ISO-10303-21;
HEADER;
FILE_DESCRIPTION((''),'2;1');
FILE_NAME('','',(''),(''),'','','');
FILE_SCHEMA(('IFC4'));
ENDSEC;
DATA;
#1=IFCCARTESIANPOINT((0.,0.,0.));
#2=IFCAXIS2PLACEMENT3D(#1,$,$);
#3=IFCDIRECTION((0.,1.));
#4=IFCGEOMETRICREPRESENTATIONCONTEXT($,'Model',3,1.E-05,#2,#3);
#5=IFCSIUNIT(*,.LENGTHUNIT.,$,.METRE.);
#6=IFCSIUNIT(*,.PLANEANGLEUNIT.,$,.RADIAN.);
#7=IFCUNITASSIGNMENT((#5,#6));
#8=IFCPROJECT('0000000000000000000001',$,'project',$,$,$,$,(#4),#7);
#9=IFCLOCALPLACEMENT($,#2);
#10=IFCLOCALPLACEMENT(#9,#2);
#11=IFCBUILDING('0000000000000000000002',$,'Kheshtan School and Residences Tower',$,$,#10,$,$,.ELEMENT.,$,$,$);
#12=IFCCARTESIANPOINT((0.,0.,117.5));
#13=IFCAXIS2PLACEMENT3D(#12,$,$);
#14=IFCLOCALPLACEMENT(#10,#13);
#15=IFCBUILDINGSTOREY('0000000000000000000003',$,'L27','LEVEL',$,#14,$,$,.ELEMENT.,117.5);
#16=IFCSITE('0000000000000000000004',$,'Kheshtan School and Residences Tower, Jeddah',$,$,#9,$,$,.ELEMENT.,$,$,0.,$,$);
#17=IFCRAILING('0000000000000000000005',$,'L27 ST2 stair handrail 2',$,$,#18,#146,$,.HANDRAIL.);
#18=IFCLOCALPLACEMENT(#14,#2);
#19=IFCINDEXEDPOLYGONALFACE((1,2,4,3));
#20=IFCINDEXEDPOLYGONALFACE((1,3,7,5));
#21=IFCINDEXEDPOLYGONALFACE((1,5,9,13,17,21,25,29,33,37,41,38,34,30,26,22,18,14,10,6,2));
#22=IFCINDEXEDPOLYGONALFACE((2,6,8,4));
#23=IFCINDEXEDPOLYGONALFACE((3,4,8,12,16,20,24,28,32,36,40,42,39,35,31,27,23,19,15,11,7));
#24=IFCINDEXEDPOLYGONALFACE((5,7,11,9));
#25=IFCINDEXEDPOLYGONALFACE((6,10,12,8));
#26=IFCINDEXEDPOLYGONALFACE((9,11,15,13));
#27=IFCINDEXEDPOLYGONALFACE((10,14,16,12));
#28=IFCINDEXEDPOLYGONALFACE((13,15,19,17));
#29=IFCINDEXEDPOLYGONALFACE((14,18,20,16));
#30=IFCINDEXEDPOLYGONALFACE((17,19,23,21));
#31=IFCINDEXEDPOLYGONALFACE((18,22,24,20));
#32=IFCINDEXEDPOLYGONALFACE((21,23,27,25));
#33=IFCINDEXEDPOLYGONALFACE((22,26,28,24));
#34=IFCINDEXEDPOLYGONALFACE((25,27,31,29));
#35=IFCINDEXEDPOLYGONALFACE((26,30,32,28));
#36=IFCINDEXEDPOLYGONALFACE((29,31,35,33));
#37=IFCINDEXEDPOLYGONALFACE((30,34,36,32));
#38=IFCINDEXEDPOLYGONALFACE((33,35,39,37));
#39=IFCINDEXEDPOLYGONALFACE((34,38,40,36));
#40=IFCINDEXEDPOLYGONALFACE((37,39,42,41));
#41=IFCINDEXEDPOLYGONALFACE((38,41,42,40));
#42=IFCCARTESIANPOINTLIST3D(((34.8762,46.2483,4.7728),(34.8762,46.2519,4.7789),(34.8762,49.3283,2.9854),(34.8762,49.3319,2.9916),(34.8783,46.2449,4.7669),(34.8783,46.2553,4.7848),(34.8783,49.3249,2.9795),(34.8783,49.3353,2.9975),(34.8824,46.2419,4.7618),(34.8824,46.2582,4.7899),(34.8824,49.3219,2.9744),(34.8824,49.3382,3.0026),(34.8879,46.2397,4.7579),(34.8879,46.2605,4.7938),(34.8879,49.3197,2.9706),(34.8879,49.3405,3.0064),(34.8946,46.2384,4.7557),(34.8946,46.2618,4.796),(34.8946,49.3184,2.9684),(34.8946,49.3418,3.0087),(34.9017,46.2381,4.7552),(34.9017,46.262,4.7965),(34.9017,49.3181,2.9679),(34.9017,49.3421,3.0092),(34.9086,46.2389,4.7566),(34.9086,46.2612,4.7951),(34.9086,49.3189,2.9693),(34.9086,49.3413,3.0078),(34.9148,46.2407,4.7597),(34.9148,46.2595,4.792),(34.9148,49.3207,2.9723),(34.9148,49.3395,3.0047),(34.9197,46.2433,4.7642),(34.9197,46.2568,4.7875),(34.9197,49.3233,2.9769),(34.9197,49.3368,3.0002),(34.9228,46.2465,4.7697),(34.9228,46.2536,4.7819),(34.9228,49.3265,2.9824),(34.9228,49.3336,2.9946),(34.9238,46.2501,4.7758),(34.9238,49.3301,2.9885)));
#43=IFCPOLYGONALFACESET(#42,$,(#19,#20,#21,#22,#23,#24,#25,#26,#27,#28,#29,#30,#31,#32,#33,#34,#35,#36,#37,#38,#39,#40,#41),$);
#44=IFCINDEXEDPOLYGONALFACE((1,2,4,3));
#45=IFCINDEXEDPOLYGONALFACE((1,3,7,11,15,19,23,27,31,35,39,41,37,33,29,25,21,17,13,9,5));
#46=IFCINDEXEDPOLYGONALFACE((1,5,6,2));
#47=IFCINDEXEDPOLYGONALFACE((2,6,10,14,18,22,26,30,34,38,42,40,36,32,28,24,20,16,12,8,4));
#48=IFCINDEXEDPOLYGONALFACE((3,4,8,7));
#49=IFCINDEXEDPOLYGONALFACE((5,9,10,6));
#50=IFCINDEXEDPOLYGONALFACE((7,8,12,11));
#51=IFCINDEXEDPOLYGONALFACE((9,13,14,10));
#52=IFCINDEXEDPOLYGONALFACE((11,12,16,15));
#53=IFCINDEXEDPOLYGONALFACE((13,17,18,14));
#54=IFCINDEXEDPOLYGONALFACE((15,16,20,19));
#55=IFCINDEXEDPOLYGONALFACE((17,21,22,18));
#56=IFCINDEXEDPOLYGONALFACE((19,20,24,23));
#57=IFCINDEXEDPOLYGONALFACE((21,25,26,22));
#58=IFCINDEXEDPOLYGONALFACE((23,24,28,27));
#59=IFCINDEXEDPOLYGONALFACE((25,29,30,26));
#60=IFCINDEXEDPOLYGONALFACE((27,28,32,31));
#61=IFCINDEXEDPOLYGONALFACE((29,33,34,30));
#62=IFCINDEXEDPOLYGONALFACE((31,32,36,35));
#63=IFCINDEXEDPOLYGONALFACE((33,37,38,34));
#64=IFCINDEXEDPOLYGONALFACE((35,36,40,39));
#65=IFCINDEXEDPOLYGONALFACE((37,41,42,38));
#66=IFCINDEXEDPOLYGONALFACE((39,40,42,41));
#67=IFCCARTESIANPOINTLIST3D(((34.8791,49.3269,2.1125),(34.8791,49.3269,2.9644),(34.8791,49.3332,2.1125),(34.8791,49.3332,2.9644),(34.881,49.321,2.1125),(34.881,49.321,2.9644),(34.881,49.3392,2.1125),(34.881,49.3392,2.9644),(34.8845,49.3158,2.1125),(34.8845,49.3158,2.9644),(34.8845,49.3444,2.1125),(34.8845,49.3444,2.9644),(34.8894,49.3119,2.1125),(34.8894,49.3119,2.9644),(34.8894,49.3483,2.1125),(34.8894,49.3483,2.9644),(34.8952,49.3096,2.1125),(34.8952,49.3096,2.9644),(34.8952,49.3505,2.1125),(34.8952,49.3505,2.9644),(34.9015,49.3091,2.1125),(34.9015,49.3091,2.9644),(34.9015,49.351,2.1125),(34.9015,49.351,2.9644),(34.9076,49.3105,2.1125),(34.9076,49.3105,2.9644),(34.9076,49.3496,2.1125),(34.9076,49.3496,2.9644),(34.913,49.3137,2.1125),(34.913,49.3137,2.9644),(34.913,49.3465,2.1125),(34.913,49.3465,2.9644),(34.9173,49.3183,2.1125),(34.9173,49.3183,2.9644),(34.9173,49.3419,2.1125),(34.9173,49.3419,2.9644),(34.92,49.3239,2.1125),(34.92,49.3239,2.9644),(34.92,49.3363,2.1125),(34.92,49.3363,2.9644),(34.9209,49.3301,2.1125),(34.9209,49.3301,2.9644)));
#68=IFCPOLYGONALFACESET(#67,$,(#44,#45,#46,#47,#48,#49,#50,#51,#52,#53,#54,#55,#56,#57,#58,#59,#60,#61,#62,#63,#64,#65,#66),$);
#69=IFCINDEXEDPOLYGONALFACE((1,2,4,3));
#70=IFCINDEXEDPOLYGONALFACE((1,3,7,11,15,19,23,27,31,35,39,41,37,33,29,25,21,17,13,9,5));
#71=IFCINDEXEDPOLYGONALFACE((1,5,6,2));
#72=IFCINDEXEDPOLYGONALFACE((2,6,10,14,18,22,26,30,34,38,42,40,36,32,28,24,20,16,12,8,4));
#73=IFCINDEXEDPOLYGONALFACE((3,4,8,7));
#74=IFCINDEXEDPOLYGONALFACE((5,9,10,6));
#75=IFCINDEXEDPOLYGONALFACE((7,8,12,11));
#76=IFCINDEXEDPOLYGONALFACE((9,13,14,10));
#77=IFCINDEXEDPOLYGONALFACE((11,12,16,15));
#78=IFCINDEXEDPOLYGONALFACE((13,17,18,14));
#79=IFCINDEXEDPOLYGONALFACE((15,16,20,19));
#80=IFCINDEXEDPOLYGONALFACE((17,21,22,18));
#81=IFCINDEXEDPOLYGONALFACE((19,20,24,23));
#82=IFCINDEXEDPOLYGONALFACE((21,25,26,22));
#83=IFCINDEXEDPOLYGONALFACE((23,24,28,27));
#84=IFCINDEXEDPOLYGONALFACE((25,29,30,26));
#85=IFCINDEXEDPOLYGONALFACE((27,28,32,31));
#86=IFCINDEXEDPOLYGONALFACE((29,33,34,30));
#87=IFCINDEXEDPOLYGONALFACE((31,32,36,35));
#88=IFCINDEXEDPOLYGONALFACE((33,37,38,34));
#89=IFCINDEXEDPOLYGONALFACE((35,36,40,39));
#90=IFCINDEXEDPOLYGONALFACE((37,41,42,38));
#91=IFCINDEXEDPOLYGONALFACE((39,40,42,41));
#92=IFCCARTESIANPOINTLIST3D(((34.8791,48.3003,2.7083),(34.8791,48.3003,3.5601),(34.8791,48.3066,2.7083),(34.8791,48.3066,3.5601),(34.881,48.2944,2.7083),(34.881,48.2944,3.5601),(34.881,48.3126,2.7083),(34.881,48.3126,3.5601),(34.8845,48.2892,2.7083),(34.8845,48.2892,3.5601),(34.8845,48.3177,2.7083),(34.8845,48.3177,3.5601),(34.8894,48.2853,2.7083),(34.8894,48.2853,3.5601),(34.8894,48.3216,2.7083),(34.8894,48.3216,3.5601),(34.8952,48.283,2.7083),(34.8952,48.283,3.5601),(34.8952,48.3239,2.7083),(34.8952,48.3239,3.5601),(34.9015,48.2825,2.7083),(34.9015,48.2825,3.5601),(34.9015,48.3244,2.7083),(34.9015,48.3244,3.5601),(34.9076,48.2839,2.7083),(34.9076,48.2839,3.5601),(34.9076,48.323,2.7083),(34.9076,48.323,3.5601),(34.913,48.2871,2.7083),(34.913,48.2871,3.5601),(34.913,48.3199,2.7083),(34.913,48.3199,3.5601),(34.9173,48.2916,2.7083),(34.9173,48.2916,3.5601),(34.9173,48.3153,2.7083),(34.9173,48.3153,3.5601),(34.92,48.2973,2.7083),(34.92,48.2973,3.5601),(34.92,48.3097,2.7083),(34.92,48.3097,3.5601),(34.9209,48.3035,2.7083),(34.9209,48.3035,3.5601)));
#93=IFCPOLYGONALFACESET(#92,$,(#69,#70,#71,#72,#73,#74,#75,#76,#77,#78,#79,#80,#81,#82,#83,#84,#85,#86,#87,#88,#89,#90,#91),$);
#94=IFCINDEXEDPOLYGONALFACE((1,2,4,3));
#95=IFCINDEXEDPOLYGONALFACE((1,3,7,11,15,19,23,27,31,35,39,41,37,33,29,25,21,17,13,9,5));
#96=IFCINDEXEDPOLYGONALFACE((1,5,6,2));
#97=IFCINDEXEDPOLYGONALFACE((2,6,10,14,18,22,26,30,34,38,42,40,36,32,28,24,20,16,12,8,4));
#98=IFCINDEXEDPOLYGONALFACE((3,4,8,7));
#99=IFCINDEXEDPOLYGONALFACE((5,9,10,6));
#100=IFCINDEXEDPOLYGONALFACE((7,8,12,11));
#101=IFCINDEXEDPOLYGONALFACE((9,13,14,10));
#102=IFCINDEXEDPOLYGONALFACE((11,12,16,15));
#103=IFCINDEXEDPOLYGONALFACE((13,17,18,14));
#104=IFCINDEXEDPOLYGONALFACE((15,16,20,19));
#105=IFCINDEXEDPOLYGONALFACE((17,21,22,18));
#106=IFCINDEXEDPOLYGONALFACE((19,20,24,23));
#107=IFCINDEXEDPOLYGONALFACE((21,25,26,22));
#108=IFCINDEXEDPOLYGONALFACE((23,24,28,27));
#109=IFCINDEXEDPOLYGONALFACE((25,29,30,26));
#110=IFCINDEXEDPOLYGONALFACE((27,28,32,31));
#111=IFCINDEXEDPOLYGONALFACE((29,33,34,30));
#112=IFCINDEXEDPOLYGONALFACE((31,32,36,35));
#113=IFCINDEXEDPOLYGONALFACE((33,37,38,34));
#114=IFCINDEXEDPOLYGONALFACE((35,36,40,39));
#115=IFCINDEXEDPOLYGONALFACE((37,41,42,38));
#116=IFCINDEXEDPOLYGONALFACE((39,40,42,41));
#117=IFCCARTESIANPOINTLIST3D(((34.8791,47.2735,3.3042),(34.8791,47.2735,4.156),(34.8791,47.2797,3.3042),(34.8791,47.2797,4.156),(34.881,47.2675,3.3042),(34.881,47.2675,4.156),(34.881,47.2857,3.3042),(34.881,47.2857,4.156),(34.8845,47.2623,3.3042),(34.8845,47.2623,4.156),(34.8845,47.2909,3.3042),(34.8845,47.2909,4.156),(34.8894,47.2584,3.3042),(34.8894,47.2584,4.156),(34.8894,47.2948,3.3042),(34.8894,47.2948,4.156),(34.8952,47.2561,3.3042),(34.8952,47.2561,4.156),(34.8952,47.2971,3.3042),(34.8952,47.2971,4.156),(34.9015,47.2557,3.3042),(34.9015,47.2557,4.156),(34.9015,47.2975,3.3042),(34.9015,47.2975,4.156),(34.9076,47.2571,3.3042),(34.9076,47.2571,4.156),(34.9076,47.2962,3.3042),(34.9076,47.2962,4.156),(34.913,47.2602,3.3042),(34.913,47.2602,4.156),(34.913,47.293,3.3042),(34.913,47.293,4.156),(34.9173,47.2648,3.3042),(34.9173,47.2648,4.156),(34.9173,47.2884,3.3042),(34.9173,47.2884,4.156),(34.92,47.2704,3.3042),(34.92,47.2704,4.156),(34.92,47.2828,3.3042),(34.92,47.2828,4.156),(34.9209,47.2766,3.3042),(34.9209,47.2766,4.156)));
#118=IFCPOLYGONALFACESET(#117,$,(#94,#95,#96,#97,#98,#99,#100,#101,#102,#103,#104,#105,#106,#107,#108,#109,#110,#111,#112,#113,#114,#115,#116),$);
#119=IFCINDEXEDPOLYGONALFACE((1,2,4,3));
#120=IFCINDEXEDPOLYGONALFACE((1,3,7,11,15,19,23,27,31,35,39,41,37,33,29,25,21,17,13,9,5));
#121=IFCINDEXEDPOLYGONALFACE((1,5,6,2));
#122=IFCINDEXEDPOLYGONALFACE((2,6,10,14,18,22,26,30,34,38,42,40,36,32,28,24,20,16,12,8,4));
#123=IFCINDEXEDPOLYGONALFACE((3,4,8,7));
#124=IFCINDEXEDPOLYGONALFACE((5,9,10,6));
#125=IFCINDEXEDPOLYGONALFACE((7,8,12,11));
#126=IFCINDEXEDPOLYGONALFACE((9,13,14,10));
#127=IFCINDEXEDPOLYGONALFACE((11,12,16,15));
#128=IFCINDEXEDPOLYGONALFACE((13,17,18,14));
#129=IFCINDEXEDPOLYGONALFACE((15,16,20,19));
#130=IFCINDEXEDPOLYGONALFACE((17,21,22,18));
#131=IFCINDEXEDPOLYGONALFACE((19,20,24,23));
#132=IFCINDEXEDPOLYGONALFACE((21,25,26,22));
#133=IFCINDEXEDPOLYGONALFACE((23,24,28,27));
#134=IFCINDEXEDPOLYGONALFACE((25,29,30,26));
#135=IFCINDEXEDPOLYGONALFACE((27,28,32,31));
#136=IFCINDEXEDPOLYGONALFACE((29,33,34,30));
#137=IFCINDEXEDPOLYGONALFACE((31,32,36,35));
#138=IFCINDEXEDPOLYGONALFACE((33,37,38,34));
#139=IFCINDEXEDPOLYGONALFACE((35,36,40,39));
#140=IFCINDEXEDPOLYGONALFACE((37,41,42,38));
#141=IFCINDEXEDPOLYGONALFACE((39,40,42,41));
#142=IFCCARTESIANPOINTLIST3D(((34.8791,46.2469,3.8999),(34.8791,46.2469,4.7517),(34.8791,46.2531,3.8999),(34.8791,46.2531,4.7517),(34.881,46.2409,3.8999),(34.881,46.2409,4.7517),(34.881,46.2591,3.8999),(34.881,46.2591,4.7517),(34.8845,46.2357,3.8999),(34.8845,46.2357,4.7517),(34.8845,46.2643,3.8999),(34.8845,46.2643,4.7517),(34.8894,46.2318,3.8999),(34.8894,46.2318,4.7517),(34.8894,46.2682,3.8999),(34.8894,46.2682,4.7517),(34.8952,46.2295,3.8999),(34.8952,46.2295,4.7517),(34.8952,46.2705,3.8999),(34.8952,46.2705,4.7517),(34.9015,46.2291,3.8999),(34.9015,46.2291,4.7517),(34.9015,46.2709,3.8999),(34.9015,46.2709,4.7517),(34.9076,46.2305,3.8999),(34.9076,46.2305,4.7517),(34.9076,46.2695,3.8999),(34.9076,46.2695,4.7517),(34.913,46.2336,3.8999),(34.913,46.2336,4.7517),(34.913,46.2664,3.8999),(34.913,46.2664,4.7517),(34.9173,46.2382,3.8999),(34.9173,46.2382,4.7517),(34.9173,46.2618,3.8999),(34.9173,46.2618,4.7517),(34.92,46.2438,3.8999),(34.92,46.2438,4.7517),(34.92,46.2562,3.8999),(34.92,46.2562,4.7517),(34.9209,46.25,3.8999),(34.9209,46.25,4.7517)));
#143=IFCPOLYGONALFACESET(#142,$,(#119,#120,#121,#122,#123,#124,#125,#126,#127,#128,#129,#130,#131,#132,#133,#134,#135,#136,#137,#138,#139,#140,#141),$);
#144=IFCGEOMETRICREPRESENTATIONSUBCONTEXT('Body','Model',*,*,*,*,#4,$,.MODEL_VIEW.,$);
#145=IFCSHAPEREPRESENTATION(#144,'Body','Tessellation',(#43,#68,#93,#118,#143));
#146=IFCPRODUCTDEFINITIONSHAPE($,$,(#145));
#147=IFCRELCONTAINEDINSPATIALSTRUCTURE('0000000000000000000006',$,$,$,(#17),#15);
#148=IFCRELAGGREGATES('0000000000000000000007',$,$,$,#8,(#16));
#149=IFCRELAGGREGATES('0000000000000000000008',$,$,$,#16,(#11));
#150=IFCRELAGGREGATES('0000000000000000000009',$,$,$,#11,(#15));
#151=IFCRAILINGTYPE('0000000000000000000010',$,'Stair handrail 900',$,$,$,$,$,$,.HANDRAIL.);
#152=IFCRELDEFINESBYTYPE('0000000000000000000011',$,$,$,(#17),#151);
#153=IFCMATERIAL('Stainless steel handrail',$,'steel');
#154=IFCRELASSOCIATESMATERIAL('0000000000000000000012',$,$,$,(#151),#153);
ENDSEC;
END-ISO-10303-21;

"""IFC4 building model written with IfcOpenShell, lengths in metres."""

from ifc_helpers import new_model, si_unit, direction, frame, origin, origin_2d, place, context, subcontext, project, spatial, circle, extrude, material, type_object, element, save


model = new_model("IFC4")

# Units and contexts
model_context = context("Model", 3, precision=1e-05, world=origin(), true_north=direction((0.0, 1.0)))
body_context = subcontext(model_context, "Body", "Model", "MODEL_VIEW")
ifc_project = project(units=[si_unit("LENGTHUNIT", "METRE"), si_unit("PLANEANGLEUNIT", "RADIAN")], contexts=[model_context])

# Site, building, storey
site_placement = place(None, origin())
site = spatial("IfcSite", under=ifc_project, at=site_placement, Name="Kheshtan School and Residences Tower, Jeddah", CompositionType="ELEMENT", RefElevation=0.0)
building_placement = place(site_placement, origin())
building = spatial("IfcBuilding", under=site, at=building_placement, Name="Kheshtan School and Residences Tower", CompositionType="ELEMENT")
storey_placement = place(building_placement, frame((0.0, 0.0, 117.5)))
storey = spatial("IfcBuildingStorey", under=building, at=storey_placement, Name="L27", Description="LEVEL", CompositionType="ELEMENT", Elevation=117.5)

# Railing
ifc_material_1 = material(Name="Stainless steel handrail", Category="steel")
railing_type_1 = type_object("IfcRailingType", Name="Stair handrail 900", PredefinedType="HANDRAIL", material=ifc_material_1)
railing_1_placement = place(storey_placement, frame((34.8999, 49.3301, 2.1125)))
element("IfcRailing", 1, at=railing_1_placement, inside=storey, type_object=railing_type_1, Name="L27 ST2 stair handrail 2", PredefinedType="HANDRAIL", context=body_context, shape_type="SweptSolid", body=[
    extrude(circle(Radius=0.0239, at=origin_2d()), frame((0.0, 0.0, 0.876), z_axis=(0.0, -0.86492, 0.501909), x_axis=(1.0, 0.0, 0.0)), (0.0, 0.0, 1.0), 3.561),
    extrude(circle(Radius=0.021, at=origin_2d()), origin(), (0.0, 0.0, 1.0), 0.8518),
    extrude(circle(Radius=0.021, at=origin_2d()), frame((0.0, -1.0266, 0.5957)), (0.0, 0.0, 1.0), 0.8518),
    extrude(circle(Radius=0.021, at=origin_2d()), frame((0.0, -2.0535, 1.1917)), (0.0, 0.0, 1.0), 0.8518),
    extrude(circle(Radius=0.021, at=origin_2d()), frame((0.0, -3.0801, 1.7874)), (0.0, 0.0, 1.0), 0.8518),
])

save(model, "model.ifc")
